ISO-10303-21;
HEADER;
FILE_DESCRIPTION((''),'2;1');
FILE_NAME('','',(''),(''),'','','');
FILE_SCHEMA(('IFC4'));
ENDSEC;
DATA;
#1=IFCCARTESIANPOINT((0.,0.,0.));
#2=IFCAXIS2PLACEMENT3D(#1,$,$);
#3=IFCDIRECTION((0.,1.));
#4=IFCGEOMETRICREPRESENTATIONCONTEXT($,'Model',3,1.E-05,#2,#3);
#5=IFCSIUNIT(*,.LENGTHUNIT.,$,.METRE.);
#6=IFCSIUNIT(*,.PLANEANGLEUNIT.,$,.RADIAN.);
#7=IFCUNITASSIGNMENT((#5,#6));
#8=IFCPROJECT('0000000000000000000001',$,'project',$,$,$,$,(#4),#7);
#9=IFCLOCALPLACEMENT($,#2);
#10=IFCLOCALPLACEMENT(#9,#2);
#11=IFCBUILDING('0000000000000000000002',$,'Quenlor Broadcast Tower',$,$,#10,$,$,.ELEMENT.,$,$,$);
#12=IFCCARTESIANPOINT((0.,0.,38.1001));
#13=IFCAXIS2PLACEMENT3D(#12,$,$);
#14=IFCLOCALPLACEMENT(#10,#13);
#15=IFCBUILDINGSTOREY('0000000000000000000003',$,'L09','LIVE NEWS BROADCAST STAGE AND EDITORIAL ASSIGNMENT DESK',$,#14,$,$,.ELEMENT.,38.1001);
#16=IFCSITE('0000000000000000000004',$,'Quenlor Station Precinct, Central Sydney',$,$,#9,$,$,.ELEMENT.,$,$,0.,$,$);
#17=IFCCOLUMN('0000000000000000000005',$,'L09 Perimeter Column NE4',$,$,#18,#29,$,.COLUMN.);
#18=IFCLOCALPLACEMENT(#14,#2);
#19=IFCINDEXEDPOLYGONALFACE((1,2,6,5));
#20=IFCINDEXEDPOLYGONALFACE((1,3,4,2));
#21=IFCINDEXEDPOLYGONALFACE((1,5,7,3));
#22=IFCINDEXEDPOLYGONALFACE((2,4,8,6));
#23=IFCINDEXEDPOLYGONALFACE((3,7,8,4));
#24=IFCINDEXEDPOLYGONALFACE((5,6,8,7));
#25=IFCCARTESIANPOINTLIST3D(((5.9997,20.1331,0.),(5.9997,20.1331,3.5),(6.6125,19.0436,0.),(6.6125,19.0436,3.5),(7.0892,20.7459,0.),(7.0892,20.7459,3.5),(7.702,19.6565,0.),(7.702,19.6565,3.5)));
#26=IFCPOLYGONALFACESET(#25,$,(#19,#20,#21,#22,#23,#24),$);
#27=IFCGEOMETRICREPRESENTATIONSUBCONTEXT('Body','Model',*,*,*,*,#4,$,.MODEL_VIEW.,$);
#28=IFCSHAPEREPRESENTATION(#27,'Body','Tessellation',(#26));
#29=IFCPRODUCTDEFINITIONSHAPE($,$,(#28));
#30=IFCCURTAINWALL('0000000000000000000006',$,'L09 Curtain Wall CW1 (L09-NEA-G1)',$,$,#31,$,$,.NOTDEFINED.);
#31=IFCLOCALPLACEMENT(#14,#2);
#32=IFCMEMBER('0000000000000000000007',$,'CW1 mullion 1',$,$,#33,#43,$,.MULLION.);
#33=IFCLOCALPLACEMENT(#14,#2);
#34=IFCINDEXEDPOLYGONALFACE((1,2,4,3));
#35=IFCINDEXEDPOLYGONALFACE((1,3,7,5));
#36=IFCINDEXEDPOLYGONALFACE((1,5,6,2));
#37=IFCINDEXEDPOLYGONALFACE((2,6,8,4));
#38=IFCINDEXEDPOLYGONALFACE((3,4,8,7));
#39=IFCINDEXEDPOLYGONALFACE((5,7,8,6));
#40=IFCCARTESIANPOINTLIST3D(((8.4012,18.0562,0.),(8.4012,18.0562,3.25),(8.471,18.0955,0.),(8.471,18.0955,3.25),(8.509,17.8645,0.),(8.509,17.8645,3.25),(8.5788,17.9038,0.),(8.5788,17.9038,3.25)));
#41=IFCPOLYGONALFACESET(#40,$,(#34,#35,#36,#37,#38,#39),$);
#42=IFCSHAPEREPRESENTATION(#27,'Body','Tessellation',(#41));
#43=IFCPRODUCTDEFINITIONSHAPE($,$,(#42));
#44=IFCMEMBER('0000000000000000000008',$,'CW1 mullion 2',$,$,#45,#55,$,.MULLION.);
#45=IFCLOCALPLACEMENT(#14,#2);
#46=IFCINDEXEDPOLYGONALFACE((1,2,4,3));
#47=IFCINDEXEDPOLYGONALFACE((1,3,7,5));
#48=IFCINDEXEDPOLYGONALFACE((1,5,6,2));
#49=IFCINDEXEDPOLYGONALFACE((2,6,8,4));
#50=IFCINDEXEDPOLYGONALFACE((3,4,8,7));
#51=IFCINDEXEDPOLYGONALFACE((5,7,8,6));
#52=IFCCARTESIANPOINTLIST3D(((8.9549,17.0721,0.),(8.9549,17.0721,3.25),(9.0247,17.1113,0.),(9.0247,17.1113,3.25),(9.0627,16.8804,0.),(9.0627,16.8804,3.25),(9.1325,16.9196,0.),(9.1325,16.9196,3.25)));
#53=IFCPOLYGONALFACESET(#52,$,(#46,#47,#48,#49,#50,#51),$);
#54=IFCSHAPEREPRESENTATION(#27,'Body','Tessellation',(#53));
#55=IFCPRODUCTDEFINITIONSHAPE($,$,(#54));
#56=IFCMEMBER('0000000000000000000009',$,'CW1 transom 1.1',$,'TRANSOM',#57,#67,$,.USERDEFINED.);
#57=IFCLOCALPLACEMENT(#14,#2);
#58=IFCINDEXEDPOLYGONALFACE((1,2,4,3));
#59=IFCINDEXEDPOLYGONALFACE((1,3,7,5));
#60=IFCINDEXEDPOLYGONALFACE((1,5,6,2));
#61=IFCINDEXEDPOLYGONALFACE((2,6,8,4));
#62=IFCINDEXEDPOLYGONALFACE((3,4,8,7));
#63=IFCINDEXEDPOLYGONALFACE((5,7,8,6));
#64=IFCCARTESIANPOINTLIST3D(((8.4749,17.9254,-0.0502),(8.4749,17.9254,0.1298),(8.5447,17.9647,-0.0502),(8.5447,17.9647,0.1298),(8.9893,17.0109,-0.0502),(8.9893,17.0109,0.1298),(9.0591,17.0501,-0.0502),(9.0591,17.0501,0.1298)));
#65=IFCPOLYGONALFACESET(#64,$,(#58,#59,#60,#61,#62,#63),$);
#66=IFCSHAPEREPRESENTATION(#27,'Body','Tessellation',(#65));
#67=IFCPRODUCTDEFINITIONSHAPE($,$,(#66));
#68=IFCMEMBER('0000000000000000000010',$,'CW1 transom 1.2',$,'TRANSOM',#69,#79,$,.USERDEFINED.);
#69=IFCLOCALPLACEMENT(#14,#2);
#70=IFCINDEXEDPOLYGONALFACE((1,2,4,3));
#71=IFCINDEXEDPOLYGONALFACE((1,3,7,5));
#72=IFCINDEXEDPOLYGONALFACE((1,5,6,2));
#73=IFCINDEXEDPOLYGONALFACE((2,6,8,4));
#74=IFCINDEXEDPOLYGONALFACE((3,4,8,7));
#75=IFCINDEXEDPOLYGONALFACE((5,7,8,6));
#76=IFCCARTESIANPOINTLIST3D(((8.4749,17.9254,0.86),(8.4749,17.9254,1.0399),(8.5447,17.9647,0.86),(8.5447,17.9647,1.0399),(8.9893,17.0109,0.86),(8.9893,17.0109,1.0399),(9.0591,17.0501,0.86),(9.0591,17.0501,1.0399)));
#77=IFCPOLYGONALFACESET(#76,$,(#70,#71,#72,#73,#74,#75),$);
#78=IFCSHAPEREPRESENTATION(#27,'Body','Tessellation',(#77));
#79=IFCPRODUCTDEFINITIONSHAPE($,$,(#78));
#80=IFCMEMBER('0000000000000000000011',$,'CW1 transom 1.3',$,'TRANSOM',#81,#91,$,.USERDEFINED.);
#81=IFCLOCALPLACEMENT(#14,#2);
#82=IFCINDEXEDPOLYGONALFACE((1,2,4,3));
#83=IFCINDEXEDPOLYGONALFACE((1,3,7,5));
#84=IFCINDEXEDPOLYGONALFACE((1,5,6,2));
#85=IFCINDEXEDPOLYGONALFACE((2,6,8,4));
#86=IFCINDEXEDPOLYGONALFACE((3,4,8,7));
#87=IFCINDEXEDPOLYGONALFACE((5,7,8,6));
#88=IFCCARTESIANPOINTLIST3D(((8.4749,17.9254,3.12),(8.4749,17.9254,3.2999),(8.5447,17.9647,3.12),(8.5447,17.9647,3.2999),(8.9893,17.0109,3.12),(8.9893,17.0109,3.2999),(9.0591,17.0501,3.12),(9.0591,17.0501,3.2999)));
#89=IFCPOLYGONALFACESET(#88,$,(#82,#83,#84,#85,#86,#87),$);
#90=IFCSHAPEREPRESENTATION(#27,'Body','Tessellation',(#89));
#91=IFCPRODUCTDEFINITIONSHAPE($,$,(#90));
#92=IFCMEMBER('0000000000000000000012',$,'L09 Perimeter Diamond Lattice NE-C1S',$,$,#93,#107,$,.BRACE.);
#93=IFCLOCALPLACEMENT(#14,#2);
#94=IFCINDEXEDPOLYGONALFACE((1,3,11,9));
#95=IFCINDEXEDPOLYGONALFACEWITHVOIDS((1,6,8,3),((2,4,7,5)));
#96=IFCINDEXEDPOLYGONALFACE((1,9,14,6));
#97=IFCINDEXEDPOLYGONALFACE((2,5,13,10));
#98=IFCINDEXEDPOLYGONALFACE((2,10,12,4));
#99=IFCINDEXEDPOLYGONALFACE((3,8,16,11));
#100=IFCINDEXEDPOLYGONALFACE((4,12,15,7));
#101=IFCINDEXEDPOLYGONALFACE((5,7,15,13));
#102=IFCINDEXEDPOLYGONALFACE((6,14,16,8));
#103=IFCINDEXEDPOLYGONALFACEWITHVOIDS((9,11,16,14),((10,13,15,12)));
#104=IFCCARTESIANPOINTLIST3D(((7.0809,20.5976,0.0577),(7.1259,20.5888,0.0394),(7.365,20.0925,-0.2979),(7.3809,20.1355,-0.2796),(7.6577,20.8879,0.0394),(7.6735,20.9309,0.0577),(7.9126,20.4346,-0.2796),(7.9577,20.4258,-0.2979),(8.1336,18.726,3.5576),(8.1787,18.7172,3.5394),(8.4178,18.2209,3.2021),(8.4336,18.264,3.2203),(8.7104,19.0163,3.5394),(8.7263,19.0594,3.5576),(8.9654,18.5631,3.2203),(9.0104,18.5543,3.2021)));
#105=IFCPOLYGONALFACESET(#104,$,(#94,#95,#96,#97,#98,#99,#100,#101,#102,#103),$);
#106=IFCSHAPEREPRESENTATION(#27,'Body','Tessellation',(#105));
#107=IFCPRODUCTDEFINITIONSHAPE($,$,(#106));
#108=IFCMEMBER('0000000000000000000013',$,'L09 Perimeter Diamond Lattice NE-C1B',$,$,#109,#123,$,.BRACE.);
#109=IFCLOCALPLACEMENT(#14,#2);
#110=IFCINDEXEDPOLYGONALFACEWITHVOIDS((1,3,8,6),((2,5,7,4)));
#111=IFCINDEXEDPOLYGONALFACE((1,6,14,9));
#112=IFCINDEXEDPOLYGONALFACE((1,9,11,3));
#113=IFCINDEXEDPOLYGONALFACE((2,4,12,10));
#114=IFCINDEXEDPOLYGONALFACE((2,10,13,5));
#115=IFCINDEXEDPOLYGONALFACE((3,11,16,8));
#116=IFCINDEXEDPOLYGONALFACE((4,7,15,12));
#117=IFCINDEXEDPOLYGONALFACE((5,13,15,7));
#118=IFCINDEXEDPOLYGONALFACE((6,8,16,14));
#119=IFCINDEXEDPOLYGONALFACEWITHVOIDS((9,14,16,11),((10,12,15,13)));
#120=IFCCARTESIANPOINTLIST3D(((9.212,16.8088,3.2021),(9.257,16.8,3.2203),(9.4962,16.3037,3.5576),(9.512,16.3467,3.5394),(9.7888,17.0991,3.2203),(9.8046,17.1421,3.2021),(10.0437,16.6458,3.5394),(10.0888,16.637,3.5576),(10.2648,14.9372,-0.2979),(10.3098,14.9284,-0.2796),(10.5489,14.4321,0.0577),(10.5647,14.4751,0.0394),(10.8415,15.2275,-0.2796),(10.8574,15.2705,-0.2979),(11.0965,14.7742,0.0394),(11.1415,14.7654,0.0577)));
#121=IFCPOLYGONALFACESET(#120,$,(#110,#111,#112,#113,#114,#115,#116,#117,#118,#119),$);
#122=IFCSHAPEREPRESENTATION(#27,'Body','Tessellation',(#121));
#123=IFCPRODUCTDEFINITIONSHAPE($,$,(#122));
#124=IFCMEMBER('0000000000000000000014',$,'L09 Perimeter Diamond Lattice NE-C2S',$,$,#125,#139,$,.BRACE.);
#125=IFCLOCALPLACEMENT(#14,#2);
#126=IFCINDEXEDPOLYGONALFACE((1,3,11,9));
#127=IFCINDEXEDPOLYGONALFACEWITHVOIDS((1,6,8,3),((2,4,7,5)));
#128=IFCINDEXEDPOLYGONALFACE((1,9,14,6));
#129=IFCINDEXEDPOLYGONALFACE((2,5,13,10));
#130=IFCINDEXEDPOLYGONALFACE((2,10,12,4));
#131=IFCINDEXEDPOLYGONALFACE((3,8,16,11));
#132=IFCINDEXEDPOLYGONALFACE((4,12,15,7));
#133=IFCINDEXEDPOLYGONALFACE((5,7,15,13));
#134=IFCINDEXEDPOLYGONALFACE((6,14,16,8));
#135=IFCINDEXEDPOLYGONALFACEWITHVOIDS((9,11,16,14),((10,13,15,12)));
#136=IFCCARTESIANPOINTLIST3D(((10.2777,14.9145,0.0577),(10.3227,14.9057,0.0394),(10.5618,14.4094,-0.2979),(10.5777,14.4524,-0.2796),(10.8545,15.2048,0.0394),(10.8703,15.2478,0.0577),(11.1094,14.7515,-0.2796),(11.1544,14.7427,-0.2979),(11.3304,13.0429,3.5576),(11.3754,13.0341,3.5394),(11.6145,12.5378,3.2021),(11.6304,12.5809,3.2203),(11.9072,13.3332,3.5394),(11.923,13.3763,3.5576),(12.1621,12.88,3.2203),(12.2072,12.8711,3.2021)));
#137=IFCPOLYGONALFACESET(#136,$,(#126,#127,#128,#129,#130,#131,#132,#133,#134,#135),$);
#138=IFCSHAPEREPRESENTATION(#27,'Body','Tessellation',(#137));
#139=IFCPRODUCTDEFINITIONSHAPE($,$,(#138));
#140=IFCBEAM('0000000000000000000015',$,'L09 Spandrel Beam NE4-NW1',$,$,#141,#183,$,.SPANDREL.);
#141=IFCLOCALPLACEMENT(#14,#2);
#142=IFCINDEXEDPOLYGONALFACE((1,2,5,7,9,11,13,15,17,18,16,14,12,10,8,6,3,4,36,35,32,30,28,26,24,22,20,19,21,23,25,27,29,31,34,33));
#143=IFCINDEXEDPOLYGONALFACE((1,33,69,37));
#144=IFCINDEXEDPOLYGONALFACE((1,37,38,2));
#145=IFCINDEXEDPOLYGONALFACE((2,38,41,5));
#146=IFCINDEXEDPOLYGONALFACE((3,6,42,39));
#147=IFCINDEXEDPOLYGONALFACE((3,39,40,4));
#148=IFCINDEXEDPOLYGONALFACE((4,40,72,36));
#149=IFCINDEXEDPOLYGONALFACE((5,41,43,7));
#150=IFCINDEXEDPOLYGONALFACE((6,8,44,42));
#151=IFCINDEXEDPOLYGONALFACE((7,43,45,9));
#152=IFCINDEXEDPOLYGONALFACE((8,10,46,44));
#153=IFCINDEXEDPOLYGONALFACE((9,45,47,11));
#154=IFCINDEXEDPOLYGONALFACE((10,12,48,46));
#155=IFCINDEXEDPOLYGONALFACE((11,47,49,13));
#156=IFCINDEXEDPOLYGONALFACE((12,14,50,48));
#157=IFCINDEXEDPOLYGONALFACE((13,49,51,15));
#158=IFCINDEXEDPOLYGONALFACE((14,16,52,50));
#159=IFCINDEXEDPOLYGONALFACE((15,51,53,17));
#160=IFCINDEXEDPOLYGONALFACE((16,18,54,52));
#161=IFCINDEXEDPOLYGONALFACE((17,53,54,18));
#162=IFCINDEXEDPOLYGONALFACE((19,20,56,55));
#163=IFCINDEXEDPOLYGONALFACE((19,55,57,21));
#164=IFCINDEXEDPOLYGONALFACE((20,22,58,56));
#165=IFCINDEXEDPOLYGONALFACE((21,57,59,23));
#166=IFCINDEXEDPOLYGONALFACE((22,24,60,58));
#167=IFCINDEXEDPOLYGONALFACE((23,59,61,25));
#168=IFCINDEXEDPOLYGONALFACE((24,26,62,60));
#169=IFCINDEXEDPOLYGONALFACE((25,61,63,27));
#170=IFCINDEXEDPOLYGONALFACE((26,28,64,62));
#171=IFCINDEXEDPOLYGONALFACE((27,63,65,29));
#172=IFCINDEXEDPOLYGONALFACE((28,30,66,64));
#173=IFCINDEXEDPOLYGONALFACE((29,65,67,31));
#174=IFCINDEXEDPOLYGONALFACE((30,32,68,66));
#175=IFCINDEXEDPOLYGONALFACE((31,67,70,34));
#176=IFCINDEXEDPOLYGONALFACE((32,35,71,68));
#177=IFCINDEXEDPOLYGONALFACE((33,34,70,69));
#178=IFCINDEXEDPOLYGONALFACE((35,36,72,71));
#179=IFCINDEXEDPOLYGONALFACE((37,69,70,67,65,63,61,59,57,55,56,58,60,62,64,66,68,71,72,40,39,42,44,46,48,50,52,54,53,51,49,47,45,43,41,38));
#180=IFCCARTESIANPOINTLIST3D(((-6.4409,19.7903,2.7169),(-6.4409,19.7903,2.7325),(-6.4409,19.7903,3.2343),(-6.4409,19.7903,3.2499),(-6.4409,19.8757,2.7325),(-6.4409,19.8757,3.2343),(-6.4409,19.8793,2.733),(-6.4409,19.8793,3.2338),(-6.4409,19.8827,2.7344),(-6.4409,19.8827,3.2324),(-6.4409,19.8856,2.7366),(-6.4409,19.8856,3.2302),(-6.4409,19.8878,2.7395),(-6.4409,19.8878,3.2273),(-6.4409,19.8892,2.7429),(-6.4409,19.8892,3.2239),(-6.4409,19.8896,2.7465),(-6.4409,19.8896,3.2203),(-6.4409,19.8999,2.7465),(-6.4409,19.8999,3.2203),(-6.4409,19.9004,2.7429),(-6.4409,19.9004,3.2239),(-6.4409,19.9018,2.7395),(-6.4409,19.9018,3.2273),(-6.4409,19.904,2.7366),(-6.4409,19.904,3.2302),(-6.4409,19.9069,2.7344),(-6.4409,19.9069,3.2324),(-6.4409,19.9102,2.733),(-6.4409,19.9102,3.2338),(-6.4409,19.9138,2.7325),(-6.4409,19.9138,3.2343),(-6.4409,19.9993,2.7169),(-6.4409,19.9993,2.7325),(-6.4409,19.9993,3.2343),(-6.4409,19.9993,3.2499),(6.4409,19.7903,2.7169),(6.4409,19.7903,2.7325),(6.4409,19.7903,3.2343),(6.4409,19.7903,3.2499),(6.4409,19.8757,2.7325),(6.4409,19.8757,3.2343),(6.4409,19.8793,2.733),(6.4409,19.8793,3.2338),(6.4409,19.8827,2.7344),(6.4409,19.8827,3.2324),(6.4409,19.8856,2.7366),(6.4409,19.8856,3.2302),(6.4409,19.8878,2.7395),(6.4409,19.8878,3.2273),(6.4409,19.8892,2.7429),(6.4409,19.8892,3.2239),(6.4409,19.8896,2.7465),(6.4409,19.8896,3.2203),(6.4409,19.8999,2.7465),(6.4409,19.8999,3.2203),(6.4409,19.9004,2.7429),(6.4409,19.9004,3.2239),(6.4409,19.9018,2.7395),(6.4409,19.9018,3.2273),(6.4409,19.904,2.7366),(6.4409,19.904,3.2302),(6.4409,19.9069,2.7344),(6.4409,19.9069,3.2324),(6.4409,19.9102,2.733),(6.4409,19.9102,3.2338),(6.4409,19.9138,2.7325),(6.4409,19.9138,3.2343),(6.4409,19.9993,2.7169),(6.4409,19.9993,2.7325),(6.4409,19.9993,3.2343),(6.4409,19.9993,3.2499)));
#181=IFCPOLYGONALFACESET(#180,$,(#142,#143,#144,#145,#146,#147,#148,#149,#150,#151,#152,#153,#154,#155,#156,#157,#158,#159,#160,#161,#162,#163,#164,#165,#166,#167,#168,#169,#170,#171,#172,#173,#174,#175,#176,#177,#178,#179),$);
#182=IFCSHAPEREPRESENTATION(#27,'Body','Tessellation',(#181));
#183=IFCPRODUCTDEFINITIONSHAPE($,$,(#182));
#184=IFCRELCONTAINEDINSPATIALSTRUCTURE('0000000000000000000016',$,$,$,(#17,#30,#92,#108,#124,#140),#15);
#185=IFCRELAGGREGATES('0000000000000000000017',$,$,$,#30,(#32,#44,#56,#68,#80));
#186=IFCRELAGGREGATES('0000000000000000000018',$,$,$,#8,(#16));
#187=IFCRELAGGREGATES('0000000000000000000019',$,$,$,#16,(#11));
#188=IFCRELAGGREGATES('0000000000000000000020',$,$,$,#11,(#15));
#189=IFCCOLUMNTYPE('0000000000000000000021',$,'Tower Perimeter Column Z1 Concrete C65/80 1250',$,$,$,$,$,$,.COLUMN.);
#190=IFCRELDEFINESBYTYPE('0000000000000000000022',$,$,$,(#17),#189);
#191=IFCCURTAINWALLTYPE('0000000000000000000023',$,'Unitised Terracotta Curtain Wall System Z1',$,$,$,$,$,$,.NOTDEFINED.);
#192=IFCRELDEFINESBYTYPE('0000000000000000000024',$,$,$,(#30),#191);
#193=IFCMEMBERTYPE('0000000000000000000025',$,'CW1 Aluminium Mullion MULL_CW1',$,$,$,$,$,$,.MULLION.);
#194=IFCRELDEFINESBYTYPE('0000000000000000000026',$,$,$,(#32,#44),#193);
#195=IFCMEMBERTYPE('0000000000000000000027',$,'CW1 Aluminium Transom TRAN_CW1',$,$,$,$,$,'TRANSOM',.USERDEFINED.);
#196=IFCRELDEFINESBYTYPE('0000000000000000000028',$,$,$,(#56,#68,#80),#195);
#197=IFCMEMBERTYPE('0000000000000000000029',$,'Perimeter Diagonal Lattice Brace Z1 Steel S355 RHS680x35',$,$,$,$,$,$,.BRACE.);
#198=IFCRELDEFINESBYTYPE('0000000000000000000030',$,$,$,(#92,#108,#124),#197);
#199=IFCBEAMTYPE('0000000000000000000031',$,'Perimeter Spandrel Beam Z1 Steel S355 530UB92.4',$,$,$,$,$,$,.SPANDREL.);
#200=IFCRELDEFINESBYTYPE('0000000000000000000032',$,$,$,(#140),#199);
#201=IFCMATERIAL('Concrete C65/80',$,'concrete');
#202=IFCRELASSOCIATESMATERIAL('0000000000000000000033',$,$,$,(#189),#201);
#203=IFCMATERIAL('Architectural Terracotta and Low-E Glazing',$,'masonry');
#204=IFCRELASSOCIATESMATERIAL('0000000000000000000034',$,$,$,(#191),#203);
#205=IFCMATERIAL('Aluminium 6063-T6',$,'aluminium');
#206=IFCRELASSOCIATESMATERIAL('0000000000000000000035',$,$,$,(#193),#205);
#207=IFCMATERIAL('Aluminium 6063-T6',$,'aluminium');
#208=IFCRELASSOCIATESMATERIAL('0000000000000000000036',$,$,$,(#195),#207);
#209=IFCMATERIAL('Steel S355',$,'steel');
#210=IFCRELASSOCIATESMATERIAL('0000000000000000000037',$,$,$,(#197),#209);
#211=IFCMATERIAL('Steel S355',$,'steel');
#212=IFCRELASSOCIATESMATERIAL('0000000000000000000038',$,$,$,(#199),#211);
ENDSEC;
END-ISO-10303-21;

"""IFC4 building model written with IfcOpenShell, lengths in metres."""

from ifc_helpers import new_model, si_unit, direction, frame, origin, origin_2d, place, context, subcontext, project, spatial, rectangle, hollow_rectangle, i_section, extrude, material, material_profile, profile_set, type_object, element, aggregate, save


model = new_model("IFC4")

# Units and contexts
model_context = context("Model", 3, precision=1e-05, world=origin(), true_north=direction((0.0, 1.0)))
body_context = subcontext(model_context, "Body", "Model", "MODEL_VIEW")
ifc_project = project(units=[si_unit("LENGTHUNIT", "METRE"), si_unit("PLANEANGLEUNIT", "RADIAN")], contexts=[model_context])

# Site, building, storey
site_placement = place(None, origin())
site = spatial("IfcSite", under=ifc_project, at=site_placement, Name="Quenlor Station Precinct, Central Sydney", CompositionType="ELEMENT", RefElevation=0.0)
building_placement = place(site_placement, origin())
building = spatial("IfcBuilding", under=site, at=building_placement, Name="Quenlor Broadcast Tower", CompositionType="ELEMENT")
storey_placement = place(building_placement, frame((0.0, 0.0, 38.1001)))
storey = spatial("IfcBuildingStorey", under=building, at=storey_placement, Name="L09", Description="LIVE NEWS BROADCAST STAGE AND EDITORIAL ASSIGNMENT DESK", CompositionType="ELEMENT", Elevation=38.1001)

# Column
ifc_material_1 = material(Name="Concrete C65/80", Category="concrete")
ifc_material_profile_1 = material_profile(ifc_material_1, rectangle(XDim=1.25, YDim=1.25, at=origin_2d()))
ifc_profile_set_1 = profile_set([ifc_material_profile_1], Name="Concrete C65/80 RC1250x1250")
column_type = type_object("IfcColumnType", Name="Tower Perimeter Column Z1 Concrete C65/80 1250", PredefinedType="COLUMN", material=ifc_profile_set_1)
column_placement = place(storey_placement, frame((6.8508, 19.8948, 0.0), z_axis=(0.0, 0.0, 1.0), x_axis=(0.871575, 0.490262, 0.0)))
element("IfcColumn", 1, at=column_placement, inside=storey, type_object=column_type, Name="L09 Perimeter Column NE4", PredefinedType="COLUMN", context=body_context, shape_type="SweptSolid", body=[
    extrude(rectangle(XDim=1.25, YDim=1.25, at=origin_2d()), origin(), (0.0, 0.0, 1.0), 3.5),
])

# Curtain wall, members
ifc_material_2 = material(Name="Architectural Terracotta and Low-E Glazing", Category="masonry")
curtain_wall_type = type_object("IfcCurtainWallType", Name="Unitised Terracotta Curtain Wall System Z1", PredefinedType="NOTDEFINED", material=ifc_material_2)
curtain_wall_placement = place(storey_placement, origin())
curtain_wall = element("IfcCurtainWall", 2, at=curtain_wall_placement, inside=storey, type_object=curtain_wall_type, Name="L09 Curtain Wall CW1 (L09-NEA-G1)", PredefinedType="NOTDEFINED")
ifc_material_3 = material(Name="Aluminium 6063-T6", Category="aluminium")
ifc_material_profile_2 = material_profile(ifc_material_3, rectangle(XDim=0.0801, YDim=0.22, at=origin_2d()))
ifc_profile_set_2 = profile_set([ifc_material_profile_2], Name="Aluminium 6063-T6 MULL80x220")
member_type_1 = type_object("IfcMemberType", Name="CW1 Aluminium Mullion MULL_CW1", PredefinedType="MULLION", material=ifc_profile_set_2)
member_1_placement = place(storey_placement, frame((8.49, 17.98, 0.0), z_axis=(0.0, 0.0, 1.0), x_axis=(0.871567, 0.490277, 0.0)))
member_1 = element("IfcMember", 3, at=member_1_placement, type_object=member_type_1, Name="CW1 mullion 1", PredefinedType="MULLION", context=body_context, shape_type="SweptSolid", body=[
    extrude(rectangle(XDim=0.0801, YDim=0.22, at=origin_2d()), origin(), (0.0, 0.0, 1.0), 3.25),
])
member_2_placement = place(storey_placement, frame((9.0437, 16.9958, 0.0), z_axis=(0.0, 0.0, 1.0), x_axis=(0.871567, 0.490277, 0.0)))
member_2 = element("IfcMember", 4, at=member_2_placement, type_object=member_type_1, Name="CW1 mullion 2", PredefinedType="MULLION", context=body_context, shape_type="SweptSolid", body=[
    extrude(rectangle(XDim=0.0801, YDim=0.22, at=origin_2d()), origin(), (0.0, 0.0, 1.0), 3.25),
])
ifc_material_4 = material(Name="Aluminium 6063-T6", Category="aluminium")
ifc_material_profile_3 = material_profile(ifc_material_4, rectangle(XDim=0.0801, YDim=0.1799, at=origin_2d()))
ifc_profile_set_3 = profile_set([ifc_material_profile_3], Name="Aluminium 6063-T6 TRAN80x180")
member_type_2 = type_object("IfcMemberType", Name="CW1 Aluminium Transom TRAN_CW1", ElementType="TRANSOM", PredefinedType="USERDEFINED", material=ifc_profile_set_3)
member_3_placement = place(storey_placement, frame((8.5098, 17.9451, 0.0398), z_axis=(0.490239, -0.871588, 0.0), x_axis=(0.871588, 0.490239, 0.0)))
member_3 = element("IfcMember", 5, at=member_3_placement, type_object=member_type_2, Name="CW1 transom 1.1", ObjectType="TRANSOM", PredefinedType="USERDEFINED", context=body_context, shape_type="SweptSolid", body=[
    extrude(rectangle(XDim=0.0801, YDim=0.1799, at=origin_2d()), origin(), (0.0, 0.0, 1.0), 1.0493),
])
member_4_placement = place(storey_placement, frame((8.5098, 17.9451, 0.95), z_axis=(0.490239, -0.871588, 0.0), x_axis=(0.871588, 0.490239, 0.0)))
member_4 = element("IfcMember", 6, at=member_4_placement, type_object=member_type_2, Name="CW1 transom 1.2", ObjectType="TRANSOM", PredefinedType="USERDEFINED", context=body_context, shape_type="SweptSolid", body=[
    extrude(rectangle(XDim=0.0801, YDim=0.1799, at=origin_2d()), origin(), (0.0, 0.0, 1.0), 1.0493),
])
member_5_placement = place(storey_placement, frame((8.5098, 17.9451, 3.21), z_axis=(0.490239, -0.871588, 0.0), x_axis=(0.871588, 0.490239, 0.0)))
member_5 = element("IfcMember", 7, at=member_5_placement, type_object=member_type_2, Name="CW1 transom 1.3", ObjectType="TRANSOM", PredefinedType="USERDEFINED", context=body_context, shape_type="SweptSolid", body=[
    extrude(rectangle(XDim=0.0801, YDim=0.1799, at=origin_2d()), origin(), (0.0, 0.0, 1.0), 1.0493),
])

# Members
ifc_material_5 = material(Name="Steel S355", Category="steel")
ifc_material_profile_4 = material_profile(ifc_material_5, hollow_rectangle(XDim=0.6799, YDim=0.6799, WallThickness=0.0349, at=origin_2d()))
ifc_profile_set_4 = profile_set([ifc_material_profile_4], Name="Steel S355 RHS680x680x35")
member_type_3 = type_object("IfcMemberType", Name="Perimeter Diagonal Lattice Brace Z1 Steel S355 RHS680x35", PredefinedType="BRACE", material=ifc_profile_set_4)
for number, where, z_axis, x_axis, name in (
    (8, (7.5193, 20.5117, -0.1201), (0.256375, -0.455792, 0.852365), (0.871582, 0.49025, 0.0), "L09 Perimeter Diamond Lattice NE-C1S"),
    (9, (10.7031, 14.8513, -0.1201), (-0.256375, 0.455792, 0.852365), (-0.871582, -0.49025, 0.0), "L09 Perimeter Diamond Lattice NE-C1B"),
    (10, (10.7161, 14.8286, -0.1201), (0.256375, -0.455792, 0.852365), (0.871582, 0.49025, 0.0), "L09 Perimeter Diamond Lattice NE-C2S"),
):
    element("IfcMember", number, at=place(storey_placement, frame(where, z_axis=z_axis, x_axis=x_axis)), inside=storey, type_object=member_type_3, Name=name, PredefinedType="BRACE", context=body_context, shape_type="SweptSolid", body=[
        extrude(hollow_rectangle(XDim=0.6799, YDim=0.6799, WallThickness=0.0349, at=origin_2d()), origin(), (0.0, 0.0, 1.0), 4.1062),
    ])

# Beam
ifc_material_6 = material(Name="Steel S355", Category="steel")
ifc_material_profile_5 = material_profile(ifc_material_6, i_section(OverallWidth=0.209, OverallDepth=0.533, WebThickness=0.0103, FlangeThickness=0.0156, FilletRadius=0.0139, at=origin_2d()))
ifc_profile_set_5 = profile_set([ifc_material_profile_5], Name="Steel S355 530UB92.4")
beam_type_1 = type_object("IfcBeamType", Name="Perimeter Spandrel Beam Z1 Steel S355 530UB92.4", PredefinedType="SPANDREL", material=ifc_profile_set_5)
beam_1_placement = place(storey_placement, frame((6.4409, 19.8948, 2.9834), z_axis=(-1.0, 0.0, 0.0), x_axis=(0.0, -1.0, 0.0)))
element("IfcBeam", 11, at=beam_1_placement, inside=storey, type_object=beam_type_1, Name="L09 Spandrel Beam NE4-NW1", PredefinedType="SPANDREL", context=body_context, shape_type="SweptSolid", body=[
    extrude(i_section(OverallWidth=0.209, OverallDepth=0.533, WebThickness=0.0103, FlangeThickness=0.0156, FilletRadius=0.0139, at=origin_2d()), origin(), (0.0, 0.0, 1.0), 12.8818),
])

aggregate(curtain_wall, [member_1, member_2, member_3, member_4, member_5])

save(model, "model.ifc")
